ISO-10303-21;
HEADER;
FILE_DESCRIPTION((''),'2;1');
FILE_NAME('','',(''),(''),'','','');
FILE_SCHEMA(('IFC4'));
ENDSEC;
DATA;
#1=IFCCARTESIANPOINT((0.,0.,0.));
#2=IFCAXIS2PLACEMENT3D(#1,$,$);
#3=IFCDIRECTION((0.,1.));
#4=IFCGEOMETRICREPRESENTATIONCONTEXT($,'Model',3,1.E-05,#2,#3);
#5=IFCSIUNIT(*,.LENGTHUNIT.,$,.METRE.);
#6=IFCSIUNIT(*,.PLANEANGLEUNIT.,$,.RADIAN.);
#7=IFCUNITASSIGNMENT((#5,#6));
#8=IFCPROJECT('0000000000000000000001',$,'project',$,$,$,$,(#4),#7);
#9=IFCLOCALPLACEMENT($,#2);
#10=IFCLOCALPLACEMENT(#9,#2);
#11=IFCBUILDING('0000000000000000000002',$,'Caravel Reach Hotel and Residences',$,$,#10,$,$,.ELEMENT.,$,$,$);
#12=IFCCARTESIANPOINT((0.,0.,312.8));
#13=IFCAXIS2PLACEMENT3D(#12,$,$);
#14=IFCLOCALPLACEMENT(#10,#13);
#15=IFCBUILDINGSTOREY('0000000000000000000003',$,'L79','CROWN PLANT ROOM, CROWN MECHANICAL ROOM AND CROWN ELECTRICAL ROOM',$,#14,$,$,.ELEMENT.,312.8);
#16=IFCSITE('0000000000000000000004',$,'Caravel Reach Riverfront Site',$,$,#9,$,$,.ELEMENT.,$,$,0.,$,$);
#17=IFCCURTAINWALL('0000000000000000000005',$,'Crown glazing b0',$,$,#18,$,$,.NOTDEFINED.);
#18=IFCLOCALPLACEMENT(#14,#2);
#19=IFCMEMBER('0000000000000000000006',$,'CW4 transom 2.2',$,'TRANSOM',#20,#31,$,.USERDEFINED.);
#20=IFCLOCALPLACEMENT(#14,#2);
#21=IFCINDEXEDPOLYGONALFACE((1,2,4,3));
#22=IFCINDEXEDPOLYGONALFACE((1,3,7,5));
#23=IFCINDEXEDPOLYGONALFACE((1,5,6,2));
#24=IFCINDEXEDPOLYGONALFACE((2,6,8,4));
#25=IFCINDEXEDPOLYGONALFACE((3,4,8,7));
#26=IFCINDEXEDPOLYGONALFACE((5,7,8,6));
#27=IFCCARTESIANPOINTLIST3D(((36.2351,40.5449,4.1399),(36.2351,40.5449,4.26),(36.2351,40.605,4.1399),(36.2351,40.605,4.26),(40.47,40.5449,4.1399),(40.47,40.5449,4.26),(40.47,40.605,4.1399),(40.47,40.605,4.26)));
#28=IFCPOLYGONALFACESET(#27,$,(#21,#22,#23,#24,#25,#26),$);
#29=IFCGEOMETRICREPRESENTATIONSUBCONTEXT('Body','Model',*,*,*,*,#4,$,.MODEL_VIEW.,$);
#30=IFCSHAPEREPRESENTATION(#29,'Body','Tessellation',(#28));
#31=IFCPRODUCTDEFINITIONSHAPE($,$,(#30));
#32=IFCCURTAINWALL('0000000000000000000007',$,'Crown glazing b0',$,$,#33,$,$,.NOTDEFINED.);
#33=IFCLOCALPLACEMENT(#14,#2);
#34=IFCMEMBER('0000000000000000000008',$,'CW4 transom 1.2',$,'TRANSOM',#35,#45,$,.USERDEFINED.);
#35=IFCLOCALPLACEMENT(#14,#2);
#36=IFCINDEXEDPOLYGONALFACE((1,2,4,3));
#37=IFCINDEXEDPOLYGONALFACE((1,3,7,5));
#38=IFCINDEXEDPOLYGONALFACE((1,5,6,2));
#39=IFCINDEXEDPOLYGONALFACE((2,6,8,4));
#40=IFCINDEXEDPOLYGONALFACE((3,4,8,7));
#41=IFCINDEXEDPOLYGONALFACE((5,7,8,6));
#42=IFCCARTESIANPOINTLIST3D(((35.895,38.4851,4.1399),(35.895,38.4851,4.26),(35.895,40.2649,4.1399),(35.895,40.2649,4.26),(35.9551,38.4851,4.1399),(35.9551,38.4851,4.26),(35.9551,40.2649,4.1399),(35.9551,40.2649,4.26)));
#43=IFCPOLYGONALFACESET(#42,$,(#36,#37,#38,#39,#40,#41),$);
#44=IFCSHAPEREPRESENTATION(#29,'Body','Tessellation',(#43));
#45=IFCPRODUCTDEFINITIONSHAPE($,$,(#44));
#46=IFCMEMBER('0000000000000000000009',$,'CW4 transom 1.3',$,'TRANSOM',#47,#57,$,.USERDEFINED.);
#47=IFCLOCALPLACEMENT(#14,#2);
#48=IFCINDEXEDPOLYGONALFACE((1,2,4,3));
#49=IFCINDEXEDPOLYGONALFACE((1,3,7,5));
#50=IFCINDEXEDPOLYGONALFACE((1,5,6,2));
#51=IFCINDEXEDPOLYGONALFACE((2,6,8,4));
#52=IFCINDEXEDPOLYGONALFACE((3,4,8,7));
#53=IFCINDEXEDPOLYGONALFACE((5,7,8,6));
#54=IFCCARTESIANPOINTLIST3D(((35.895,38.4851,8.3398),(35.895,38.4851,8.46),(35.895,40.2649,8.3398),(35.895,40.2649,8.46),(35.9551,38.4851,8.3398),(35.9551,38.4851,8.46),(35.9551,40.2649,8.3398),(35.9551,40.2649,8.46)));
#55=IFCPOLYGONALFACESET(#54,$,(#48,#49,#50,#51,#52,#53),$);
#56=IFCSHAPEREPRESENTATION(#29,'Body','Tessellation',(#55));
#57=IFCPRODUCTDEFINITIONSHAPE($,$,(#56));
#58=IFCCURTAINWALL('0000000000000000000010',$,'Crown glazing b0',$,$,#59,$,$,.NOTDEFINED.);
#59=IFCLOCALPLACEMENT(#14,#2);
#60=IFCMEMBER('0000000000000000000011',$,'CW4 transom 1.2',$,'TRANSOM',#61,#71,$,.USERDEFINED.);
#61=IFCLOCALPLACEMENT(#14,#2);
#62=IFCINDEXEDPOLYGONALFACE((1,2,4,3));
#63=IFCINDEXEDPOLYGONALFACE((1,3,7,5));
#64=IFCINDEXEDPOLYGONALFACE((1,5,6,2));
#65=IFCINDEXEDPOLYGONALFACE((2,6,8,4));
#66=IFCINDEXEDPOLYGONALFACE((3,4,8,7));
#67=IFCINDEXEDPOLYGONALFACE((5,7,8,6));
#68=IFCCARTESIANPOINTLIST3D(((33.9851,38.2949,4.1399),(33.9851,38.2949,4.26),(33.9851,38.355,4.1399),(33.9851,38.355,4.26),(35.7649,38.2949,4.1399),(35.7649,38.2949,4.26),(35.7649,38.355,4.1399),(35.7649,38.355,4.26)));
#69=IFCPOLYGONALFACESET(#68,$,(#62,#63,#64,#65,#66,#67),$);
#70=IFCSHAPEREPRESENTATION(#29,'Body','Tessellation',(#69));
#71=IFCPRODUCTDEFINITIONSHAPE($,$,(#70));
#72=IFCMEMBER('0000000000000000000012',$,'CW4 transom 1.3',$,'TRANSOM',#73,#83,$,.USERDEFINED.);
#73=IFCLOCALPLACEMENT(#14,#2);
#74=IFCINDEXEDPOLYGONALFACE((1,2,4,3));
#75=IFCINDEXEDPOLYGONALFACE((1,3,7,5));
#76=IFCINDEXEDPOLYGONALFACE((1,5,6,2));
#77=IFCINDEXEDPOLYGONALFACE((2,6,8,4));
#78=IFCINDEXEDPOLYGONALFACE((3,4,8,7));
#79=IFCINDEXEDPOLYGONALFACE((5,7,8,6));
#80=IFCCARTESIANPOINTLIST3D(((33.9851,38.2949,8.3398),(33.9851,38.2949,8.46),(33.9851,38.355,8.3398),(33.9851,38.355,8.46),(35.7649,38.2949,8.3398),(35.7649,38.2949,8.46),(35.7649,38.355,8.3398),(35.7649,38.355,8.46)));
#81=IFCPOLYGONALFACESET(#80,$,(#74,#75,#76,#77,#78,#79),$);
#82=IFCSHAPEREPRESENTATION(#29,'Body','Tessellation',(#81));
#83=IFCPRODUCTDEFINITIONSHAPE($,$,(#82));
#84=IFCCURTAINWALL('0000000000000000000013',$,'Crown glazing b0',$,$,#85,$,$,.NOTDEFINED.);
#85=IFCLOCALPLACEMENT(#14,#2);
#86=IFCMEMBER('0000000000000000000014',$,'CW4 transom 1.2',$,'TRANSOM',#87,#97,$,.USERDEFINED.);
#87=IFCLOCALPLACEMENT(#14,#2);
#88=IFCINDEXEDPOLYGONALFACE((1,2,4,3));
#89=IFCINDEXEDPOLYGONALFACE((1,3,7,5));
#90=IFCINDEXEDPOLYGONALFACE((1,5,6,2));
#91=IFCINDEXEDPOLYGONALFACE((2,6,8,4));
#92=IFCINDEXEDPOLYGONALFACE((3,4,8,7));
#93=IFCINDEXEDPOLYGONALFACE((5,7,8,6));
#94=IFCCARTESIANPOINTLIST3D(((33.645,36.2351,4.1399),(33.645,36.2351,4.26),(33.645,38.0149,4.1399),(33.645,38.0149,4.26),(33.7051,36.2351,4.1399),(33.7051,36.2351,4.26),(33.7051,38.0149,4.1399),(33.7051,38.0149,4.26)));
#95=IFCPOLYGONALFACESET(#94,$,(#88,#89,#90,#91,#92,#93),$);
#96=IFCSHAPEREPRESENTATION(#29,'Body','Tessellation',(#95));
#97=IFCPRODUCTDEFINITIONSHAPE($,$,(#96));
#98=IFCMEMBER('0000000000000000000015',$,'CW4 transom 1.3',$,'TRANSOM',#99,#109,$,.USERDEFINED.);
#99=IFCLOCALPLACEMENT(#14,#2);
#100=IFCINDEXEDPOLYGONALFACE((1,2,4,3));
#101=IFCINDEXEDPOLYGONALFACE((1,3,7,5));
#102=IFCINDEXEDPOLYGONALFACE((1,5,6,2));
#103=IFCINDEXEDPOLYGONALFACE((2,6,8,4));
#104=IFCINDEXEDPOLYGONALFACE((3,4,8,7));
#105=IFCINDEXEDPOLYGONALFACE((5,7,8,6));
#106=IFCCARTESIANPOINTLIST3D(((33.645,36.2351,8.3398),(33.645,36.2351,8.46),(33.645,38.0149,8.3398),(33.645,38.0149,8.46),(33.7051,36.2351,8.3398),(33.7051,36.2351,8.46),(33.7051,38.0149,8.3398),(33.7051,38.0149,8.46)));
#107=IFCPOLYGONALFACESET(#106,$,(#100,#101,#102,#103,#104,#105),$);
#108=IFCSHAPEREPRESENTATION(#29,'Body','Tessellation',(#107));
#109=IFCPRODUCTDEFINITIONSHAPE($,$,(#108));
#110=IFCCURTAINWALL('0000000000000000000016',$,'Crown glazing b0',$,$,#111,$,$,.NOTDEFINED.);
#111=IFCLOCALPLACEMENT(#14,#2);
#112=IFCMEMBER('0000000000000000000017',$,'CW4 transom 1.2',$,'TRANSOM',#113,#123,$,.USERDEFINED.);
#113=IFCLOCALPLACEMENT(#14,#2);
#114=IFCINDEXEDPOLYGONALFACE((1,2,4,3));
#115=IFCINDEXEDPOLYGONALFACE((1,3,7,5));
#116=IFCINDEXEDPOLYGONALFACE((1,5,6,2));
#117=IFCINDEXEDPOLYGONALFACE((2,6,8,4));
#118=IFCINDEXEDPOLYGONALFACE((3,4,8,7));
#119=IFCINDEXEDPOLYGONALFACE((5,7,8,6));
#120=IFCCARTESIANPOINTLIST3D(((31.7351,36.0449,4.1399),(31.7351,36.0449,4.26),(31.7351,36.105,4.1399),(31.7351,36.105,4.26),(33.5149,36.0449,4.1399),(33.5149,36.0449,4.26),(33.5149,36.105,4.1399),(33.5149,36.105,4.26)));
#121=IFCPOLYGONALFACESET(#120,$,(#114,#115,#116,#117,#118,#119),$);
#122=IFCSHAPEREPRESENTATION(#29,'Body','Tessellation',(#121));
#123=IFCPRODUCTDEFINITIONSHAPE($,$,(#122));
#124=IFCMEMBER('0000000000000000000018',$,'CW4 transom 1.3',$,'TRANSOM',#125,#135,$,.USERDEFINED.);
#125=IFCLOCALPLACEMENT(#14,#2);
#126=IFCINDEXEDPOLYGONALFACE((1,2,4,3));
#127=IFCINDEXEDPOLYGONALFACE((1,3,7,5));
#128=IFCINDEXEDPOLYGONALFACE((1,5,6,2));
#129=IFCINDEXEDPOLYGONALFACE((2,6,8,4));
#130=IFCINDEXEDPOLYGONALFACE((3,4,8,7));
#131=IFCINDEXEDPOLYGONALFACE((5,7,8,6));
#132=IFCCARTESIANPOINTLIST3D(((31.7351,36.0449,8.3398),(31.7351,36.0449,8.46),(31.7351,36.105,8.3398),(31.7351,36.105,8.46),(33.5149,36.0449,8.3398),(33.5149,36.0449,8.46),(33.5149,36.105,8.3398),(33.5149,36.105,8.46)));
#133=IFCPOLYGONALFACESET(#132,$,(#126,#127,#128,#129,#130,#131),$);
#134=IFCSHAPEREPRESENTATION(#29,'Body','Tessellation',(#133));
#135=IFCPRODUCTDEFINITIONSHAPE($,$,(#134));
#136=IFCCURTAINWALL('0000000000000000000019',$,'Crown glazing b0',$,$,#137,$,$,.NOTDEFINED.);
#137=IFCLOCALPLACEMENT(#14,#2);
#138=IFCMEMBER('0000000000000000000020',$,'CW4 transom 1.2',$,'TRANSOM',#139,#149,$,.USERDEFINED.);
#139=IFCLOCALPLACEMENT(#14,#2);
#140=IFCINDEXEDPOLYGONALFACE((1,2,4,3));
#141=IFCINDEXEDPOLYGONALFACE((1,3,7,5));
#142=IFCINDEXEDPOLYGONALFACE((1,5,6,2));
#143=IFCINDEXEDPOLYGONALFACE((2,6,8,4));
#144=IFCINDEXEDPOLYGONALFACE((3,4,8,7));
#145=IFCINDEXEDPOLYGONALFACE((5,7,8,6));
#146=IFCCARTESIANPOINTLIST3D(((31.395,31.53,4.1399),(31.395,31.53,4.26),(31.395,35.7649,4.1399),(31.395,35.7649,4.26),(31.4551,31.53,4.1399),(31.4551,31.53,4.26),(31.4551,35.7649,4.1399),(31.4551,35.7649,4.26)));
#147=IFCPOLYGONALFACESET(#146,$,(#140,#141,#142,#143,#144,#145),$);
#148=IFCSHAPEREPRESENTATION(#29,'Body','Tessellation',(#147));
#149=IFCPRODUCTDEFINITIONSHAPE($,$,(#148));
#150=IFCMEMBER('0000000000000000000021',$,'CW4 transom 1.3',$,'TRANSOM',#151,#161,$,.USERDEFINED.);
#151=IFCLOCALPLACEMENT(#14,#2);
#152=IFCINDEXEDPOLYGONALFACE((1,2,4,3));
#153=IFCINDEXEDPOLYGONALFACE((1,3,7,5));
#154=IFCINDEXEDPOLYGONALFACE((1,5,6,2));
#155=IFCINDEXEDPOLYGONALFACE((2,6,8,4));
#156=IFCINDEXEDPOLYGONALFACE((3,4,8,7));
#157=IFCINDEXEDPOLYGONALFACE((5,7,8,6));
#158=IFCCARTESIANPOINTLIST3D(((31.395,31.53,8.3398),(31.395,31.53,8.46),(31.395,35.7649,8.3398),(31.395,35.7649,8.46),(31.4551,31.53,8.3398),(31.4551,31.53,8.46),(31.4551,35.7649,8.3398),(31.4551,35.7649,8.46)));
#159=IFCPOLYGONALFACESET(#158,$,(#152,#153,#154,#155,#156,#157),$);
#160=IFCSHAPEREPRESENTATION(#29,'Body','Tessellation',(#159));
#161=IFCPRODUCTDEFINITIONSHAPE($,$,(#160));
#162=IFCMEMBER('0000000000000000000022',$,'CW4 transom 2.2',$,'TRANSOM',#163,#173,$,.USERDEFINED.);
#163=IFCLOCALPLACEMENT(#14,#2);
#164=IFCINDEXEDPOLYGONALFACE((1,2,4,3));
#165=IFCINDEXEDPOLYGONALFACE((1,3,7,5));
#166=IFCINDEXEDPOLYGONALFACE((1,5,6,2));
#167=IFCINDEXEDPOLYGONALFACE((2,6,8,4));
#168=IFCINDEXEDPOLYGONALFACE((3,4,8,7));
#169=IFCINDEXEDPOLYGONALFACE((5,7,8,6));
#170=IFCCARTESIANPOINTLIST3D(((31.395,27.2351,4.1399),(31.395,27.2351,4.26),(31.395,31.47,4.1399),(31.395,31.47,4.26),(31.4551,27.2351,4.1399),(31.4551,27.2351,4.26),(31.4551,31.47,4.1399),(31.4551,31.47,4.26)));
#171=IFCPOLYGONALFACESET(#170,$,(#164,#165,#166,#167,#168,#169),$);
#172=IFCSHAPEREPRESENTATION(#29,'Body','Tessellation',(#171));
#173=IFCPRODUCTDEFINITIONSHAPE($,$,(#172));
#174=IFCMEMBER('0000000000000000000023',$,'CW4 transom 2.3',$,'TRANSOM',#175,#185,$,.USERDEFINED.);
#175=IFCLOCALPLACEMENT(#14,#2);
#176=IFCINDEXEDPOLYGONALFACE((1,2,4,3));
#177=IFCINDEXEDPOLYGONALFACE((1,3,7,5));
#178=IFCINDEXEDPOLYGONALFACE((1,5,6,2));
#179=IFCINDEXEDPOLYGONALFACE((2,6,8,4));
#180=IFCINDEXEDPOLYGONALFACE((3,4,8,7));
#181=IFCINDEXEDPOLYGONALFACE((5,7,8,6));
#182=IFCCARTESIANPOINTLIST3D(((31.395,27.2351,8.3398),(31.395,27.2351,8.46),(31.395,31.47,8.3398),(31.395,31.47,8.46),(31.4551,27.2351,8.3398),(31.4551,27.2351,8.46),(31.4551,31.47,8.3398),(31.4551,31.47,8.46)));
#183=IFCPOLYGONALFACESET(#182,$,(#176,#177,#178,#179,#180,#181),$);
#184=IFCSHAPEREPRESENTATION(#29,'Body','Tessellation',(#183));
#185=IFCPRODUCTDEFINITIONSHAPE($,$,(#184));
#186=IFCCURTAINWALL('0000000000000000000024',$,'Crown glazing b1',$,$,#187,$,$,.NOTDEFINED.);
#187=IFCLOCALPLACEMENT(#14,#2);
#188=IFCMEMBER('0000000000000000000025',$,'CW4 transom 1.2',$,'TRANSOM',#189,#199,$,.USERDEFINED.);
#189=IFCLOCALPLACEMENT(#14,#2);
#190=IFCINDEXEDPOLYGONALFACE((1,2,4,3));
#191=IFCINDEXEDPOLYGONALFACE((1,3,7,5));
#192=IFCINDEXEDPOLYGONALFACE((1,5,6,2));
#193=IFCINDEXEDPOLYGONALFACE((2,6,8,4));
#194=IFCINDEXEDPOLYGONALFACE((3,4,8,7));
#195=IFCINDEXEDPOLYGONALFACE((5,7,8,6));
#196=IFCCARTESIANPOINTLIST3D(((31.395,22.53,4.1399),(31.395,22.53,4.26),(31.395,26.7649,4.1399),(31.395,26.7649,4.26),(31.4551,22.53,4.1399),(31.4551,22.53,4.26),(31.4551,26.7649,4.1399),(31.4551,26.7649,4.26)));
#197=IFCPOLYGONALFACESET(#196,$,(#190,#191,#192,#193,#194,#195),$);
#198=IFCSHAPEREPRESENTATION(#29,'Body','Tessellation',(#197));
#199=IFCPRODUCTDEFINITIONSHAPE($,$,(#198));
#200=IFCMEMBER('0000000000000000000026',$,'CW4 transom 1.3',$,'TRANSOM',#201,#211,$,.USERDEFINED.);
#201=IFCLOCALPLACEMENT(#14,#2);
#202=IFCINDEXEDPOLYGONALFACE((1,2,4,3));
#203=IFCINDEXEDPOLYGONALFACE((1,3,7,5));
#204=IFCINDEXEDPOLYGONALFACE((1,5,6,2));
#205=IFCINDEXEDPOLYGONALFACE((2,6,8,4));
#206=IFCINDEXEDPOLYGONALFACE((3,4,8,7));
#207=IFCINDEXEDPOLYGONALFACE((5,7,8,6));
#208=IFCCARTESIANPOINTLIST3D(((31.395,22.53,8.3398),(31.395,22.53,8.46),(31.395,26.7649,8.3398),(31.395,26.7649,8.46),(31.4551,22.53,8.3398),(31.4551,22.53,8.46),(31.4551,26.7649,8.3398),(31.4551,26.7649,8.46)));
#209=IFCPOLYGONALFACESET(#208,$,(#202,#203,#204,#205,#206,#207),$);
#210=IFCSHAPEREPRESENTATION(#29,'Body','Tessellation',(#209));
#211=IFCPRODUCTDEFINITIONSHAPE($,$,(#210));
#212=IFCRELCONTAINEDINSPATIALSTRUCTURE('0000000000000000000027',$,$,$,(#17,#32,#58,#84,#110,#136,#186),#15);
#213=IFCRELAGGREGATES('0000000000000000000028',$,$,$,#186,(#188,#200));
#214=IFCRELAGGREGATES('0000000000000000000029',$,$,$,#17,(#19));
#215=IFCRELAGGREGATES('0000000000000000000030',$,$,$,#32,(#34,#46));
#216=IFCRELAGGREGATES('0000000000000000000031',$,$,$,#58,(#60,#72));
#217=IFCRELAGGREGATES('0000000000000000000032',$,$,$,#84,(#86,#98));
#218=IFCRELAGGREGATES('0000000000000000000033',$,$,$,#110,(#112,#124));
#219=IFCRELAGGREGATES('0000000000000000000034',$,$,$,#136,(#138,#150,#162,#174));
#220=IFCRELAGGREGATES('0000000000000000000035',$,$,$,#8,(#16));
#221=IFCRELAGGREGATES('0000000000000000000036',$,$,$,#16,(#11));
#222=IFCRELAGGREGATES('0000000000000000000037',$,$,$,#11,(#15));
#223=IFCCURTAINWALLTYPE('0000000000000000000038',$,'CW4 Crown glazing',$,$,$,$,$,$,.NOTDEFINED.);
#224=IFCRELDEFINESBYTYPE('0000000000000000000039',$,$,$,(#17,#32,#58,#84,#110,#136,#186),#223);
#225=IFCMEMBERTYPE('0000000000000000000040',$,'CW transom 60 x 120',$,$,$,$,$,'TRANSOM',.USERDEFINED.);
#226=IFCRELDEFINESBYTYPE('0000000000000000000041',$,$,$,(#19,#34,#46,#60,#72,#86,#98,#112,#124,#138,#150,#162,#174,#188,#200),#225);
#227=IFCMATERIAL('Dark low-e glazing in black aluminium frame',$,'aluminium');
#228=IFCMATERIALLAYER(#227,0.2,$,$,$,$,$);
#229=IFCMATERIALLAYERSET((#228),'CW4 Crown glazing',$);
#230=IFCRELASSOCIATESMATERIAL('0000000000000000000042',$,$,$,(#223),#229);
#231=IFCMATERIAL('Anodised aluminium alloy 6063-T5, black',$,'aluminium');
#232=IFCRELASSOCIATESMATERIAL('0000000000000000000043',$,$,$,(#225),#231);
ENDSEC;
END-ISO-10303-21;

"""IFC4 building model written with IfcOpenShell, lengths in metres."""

from ifc_helpers import new_model, si_unit, direction, frame, origin, origin_2d, place, context, subcontext, project, spatial, rectangle, extrude, material, layer, layer_set, material_profile, profile_set, type_object, element, aggregate, save


model = new_model("IFC4")

# Units and contexts
model_context = context("Model", 3, precision=1e-05, world=origin(), true_north=direction((0.0, 1.0)))
body_context = subcontext(model_context, "Body", "Model", "MODEL_VIEW")
ifc_project = project(units=[si_unit("LENGTHUNIT", "METRE"), si_unit("PLANEANGLEUNIT", "RADIAN")], contexts=[model_context])

# Site, building, storey
site_placement = place(None, origin())
site = spatial("IfcSite", under=ifc_project, at=site_placement, Name="Caravel Reach Riverfront Site", CompositionType="ELEMENT", RefElevation=0.0)
building_placement = place(site_placement, origin())
building = spatial("IfcBuilding", under=site, at=building_placement, Name="Caravel Reach Hotel and Residences", CompositionType="ELEMENT")
storey_placement = place(building_placement, frame((0.0, 0.0, 312.8)))
storey = spatial("IfcBuildingStorey", under=building, at=storey_placement, Name="L79", Description="CROWN PLANT ROOM, CROWN MECHANICAL ROOM AND CROWN ELECTRICAL ROOM", CompositionType="ELEMENT", Elevation=312.8)

# Curtain wall, member
ifc_material_1 = material(Name="Dark low-e glazing in black aluminium frame", Category="aluminium")
ifc_layer_1 = layer(ifc_material_1, 0.2)
ifc_layer_set_1 = layer_set([ifc_layer_1], Name="CW4 Crown glazing")
curtain_wall_type = type_object("IfcCurtainWallType", Name="CW4 Crown glazing", PredefinedType="NOTDEFINED", material=ifc_layer_set_1)
curtain_wall_1_placement = place(storey_placement, origin())
curtain_wall_1 = element("IfcCurtainWall", 1, at=curtain_wall_1_placement, inside=storey, type_object=curtain_wall_type, Name="Crown glazing b0", PredefinedType="NOTDEFINED")
ifc_material_2 = material(Name="Anodised aluminium alloy 6063-T5, black", Category="aluminium")
ifc_material_profile = material_profile(ifc_material_2, rectangle(XDim=0.0601, YDim=0.1201, at=origin_2d()), Name="CW transom 60 x 120")
ifc_profile_set = profile_set([ifc_material_profile], Name="Anodised aluminium alloy 6063-T5, black")
member_type = type_object("IfcMemberType", Name="CW transom 60 x 120", ElementType="TRANSOM", PredefinedType="USERDEFINED", material=ifc_profile_set)
member_1_placement = place(storey_placement, frame((40.47, 40.575, 4.2), z_axis=(-1.0, 0.0, 0.0), x_axis=(0.0, -1.0, 0.0)))
member_1 = element("IfcMember", 2, at=member_1_placement, type_object=member_type, Name="CW4 transom 2.2", ObjectType="TRANSOM", PredefinedType="USERDEFINED", context=body_context, shape_type="SweptSolid", body=[
    extrude(rectangle(XDim=0.0601, YDim=0.1201, at=origin_2d()), origin(), (0.0, 0.0, 1.0), 4.2349),
])

# Curtain walls, members
curtain_wall_2_placement = place(storey_placement, origin())
curtain_wall_2 = element("IfcCurtainWall", 3, at=curtain_wall_2_placement, inside=storey, type_object=curtain_wall_type, Name="Crown glazing b0", PredefinedType="NOTDEFINED")
member_2_placement = place(storey_placement, frame((35.925, 40.2649, 4.2), z_axis=(0.0, -1.0, 0.0), x_axis=(1.0, 0.0, 0.0)))
member_2 = element("IfcMember", 4, at=member_2_placement, type_object=member_type, Name="CW4 transom 1.2", ObjectType="TRANSOM", PredefinedType="USERDEFINED", context=body_context, shape_type="SweptSolid", body=[
    extrude(rectangle(XDim=0.0601, YDim=0.1201, at=origin_2d()), origin(), (0.0, 0.0, 1.0), 1.7798),
])
member_3_placement = place(storey_placement, frame((35.925, 40.2649, 8.3999), z_axis=(0.0, -1.0, 0.0), x_axis=(1.0, 0.0, 0.0)))
member_3 = element("IfcMember", 5, at=member_3_placement, type_object=member_type, Name="CW4 transom 1.3", ObjectType="TRANSOM", PredefinedType="USERDEFINED", context=body_context, shape_type="SweptSolid", body=[
    extrude(rectangle(XDim=0.0601, YDim=0.1201, at=origin_2d()), origin(), (0.0, 0.0, 1.0), 1.7798),
])
curtain_wall_3_placement = place(storey_placement, origin())
curtain_wall_3 = element("IfcCurtainWall", 6, at=curtain_wall_3_placement, inside=storey, type_object=curtain_wall_type, Name="Crown glazing b0", PredefinedType="NOTDEFINED")
member_4_placement = place(storey_placement, frame((35.7649, 38.325, 4.2), z_axis=(-1.0, 0.0, 0.0), x_axis=(0.0, -1.0, 0.0)))
member_4 = element("IfcMember", 7, at=member_4_placement, type_object=member_type, Name="CW4 transom 1.2", ObjectType="TRANSOM", PredefinedType="USERDEFINED", context=body_context, shape_type="SweptSolid", body=[
    extrude(rectangle(XDim=0.0601, YDim=0.1201, at=origin_2d()), origin(), (0.0, 0.0, 1.0), 1.7798),
])
member_5_placement = place(storey_placement, frame((35.7649, 38.325, 8.3999), z_axis=(-1.0, 0.0, 0.0), x_axis=(0.0, -1.0, 0.0)))
member_5 = element("IfcMember", 8, at=member_5_placement, type_object=member_type, Name="CW4 transom 1.3", ObjectType="TRANSOM", PredefinedType="USERDEFINED", context=body_context, shape_type="SweptSolid", body=[
    extrude(rectangle(XDim=0.0601, YDim=0.1201, at=origin_2d()), origin(), (0.0, 0.0, 1.0), 1.7798),
])
curtain_wall_4_placement = place(storey_placement, origin())
curtain_wall_4 = element("IfcCurtainWall", 9, at=curtain_wall_4_placement, inside=storey, type_object=curtain_wall_type, Name="Crown glazing b0", PredefinedType="NOTDEFINED")
member_6_placement = place(storey_placement, frame((33.675, 38.0149, 4.2), z_axis=(0.0, -1.0, 0.0), x_axis=(1.0, 0.0, 0.0)))
member_6 = element("IfcMember", 10, at=member_6_placement, type_object=member_type, Name="CW4 transom 1.2", ObjectType="TRANSOM", PredefinedType="USERDEFINED", context=body_context, shape_type="SweptSolid", body=[
    extrude(rectangle(XDim=0.0601, YDim=0.1201, at=origin_2d()), origin(), (0.0, 0.0, 1.0), 1.7798),
])
member_7_placement = place(storey_placement, frame((33.675, 38.0149, 8.3999), z_axis=(0.0, -1.0, 0.0), x_axis=(1.0, 0.0, 0.0)))
member_7 = element("IfcMember", 11, at=member_7_placement, type_object=member_type, Name="CW4 transom 1.3", ObjectType="TRANSOM", PredefinedType="USERDEFINED", context=body_context, shape_type="SweptSolid", body=[
    extrude(rectangle(XDim=0.0601, YDim=0.1201, at=origin_2d()), origin(), (0.0, 0.0, 1.0), 1.7798),
])
curtain_wall_5_placement = place(storey_placement, origin())
curtain_wall_5 = element("IfcCurtainWall", 12, at=curtain_wall_5_placement, inside=storey, type_object=curtain_wall_type, Name="Crown glazing b0", PredefinedType="NOTDEFINED")
member_8_placement = place(storey_placement, frame((33.5149, 36.075, 4.2), z_axis=(-1.0, 0.0, 0.0), x_axis=(0.0, -1.0, 0.0)))
member_8 = element("IfcMember", 13, at=member_8_placement, type_object=member_type, Name="CW4 transom 1.2", ObjectType="TRANSOM", PredefinedType="USERDEFINED", context=body_context, shape_type="SweptSolid", body=[
    extrude(rectangle(XDim=0.0601, YDim=0.1201, at=origin_2d()), origin(), (0.0, 0.0, 1.0), 1.7798),
])
member_9_placement = place(storey_placement, frame((33.5149, 36.075, 8.3999), z_axis=(-1.0, 0.0, 0.0), x_axis=(0.0, -1.0, 0.0)))
member_9 = element("IfcMember", 14, at=member_9_placement, type_object=member_type, Name="CW4 transom 1.3", ObjectType="TRANSOM", PredefinedType="USERDEFINED", context=body_context, shape_type="SweptSolid", body=[
    extrude(rectangle(XDim=0.0601, YDim=0.1201, at=origin_2d()), origin(), (0.0, 0.0, 1.0), 1.7798),
])
curtain_wall_6_placement = place(storey_placement, origin())
curtain_wall_6 = element("IfcCurtainWall", 15, at=curtain_wall_6_placement, inside=storey, type_object=curtain_wall_type, Name="Crown glazing b0", PredefinedType="NOTDEFINED")
member_10_placement = place(storey_placement, frame((31.425, 35.7649, 4.2), z_axis=(0.0, -1.0, 0.0), x_axis=(1.0, 0.0, 0.0)))
member_10 = element("IfcMember", 16, at=member_10_placement, type_object=member_type, Name="CW4 transom 1.2", ObjectType="TRANSOM", PredefinedType="USERDEFINED", context=body_context, shape_type="SweptSolid", body=[
    extrude(rectangle(XDim=0.0601, YDim=0.1201, at=origin_2d()), origin(), (0.0, 0.0, 1.0), 4.2349),
])
member_11_placement = place(storey_placement, frame((31.425, 35.7649, 8.3999), z_axis=(0.0, -1.0, 0.0), x_axis=(1.0, 0.0, 0.0)))
member_11 = element("IfcMember", 17, at=member_11_placement, type_object=member_type, Name="CW4 transom 1.3", ObjectType="TRANSOM", PredefinedType="USERDEFINED", context=body_context, shape_type="SweptSolid", body=[
    extrude(rectangle(XDim=0.0601, YDim=0.1201, at=origin_2d()), origin(), (0.0, 0.0, 1.0), 4.2349),
])
member_12_placement = place(storey_placement, frame((31.425, 31.47, 4.2), z_axis=(0.0, -1.0, 0.0), x_axis=(1.0, 0.0, 0.0)))
member_12 = element("IfcMember", 18, at=member_12_placement, type_object=member_type, Name="CW4 transom 2.2", ObjectType="TRANSOM", PredefinedType="USERDEFINED", context=body_context, shape_type="SweptSolid", body=[
    extrude(rectangle(XDim=0.0601, YDim=0.1201, at=origin_2d()), origin(), (0.0, 0.0, 1.0), 4.2349),
])
member_13_placement = place(storey_placement, frame((31.425, 31.47, 8.3999), z_axis=(0.0, -1.0, 0.0), x_axis=(1.0, 0.0, 0.0)))
member_13 = element("IfcMember", 19, at=member_13_placement, type_object=member_type, Name="CW4 transom 2.3", ObjectType="TRANSOM", PredefinedType="USERDEFINED", context=body_context, shape_type="SweptSolid", body=[
    extrude(rectangle(XDim=0.0601, YDim=0.1201, at=origin_2d()), origin(), (0.0, 0.0, 1.0), 4.2349),
])
curtain_wall_7_placement = place(storey_placement, origin())
curtain_wall_7 = element("IfcCurtainWall", 20, at=curtain_wall_7_placement, inside=storey, type_object=curtain_wall_type, Name="Crown glazing b1", PredefinedType="NOTDEFINED")
member_14_placement = place(storey_placement, frame((31.425, 26.7649, 4.2), z_axis=(0.0, -1.0, 0.0), x_axis=(1.0, 0.0, 0.0)))
member_14 = element("IfcMember", 21, at=member_14_placement, type_object=member_type, Name="CW4 transom 1.2", ObjectType="TRANSOM", PredefinedType="USERDEFINED", context=body_context, shape_type="SweptSolid", body=[
    extrude(rectangle(XDim=0.0601, YDim=0.1201, at=origin_2d()), origin(), (0.0, 0.0, 1.0), 4.2349),
])
member_15_placement = place(storey_placement, frame((31.425, 26.7649, 8.3999), z_axis=(0.0, -1.0, 0.0), x_axis=(1.0, 0.0, 0.0)))
member_15 = element("IfcMember", 22, at=member_15_placement, type_object=member_type, Name="CW4 transom 1.3", ObjectType="TRANSOM", PredefinedType="USERDEFINED", context=body_context, shape_type="SweptSolid", body=[
    extrude(rectangle(XDim=0.0601, YDim=0.1201, at=origin_2d()), origin(), (0.0, 0.0, 1.0), 4.2349),
])
aggregate(curtain_wall_7, [member_14, member_15])

aggregate(curtain_wall_1, [member_1])
aggregate(curtain_wall_2, [member_2, member_3])
aggregate(curtain_wall_3, [member_4, member_5])
aggregate(curtain_wall_4, [member_6, member_7])
aggregate(curtain_wall_5, [member_8, member_9])
aggregate(curtain_wall_6, [member_10, member_11, member_12, member_13])

save(model, "model.ifc")
